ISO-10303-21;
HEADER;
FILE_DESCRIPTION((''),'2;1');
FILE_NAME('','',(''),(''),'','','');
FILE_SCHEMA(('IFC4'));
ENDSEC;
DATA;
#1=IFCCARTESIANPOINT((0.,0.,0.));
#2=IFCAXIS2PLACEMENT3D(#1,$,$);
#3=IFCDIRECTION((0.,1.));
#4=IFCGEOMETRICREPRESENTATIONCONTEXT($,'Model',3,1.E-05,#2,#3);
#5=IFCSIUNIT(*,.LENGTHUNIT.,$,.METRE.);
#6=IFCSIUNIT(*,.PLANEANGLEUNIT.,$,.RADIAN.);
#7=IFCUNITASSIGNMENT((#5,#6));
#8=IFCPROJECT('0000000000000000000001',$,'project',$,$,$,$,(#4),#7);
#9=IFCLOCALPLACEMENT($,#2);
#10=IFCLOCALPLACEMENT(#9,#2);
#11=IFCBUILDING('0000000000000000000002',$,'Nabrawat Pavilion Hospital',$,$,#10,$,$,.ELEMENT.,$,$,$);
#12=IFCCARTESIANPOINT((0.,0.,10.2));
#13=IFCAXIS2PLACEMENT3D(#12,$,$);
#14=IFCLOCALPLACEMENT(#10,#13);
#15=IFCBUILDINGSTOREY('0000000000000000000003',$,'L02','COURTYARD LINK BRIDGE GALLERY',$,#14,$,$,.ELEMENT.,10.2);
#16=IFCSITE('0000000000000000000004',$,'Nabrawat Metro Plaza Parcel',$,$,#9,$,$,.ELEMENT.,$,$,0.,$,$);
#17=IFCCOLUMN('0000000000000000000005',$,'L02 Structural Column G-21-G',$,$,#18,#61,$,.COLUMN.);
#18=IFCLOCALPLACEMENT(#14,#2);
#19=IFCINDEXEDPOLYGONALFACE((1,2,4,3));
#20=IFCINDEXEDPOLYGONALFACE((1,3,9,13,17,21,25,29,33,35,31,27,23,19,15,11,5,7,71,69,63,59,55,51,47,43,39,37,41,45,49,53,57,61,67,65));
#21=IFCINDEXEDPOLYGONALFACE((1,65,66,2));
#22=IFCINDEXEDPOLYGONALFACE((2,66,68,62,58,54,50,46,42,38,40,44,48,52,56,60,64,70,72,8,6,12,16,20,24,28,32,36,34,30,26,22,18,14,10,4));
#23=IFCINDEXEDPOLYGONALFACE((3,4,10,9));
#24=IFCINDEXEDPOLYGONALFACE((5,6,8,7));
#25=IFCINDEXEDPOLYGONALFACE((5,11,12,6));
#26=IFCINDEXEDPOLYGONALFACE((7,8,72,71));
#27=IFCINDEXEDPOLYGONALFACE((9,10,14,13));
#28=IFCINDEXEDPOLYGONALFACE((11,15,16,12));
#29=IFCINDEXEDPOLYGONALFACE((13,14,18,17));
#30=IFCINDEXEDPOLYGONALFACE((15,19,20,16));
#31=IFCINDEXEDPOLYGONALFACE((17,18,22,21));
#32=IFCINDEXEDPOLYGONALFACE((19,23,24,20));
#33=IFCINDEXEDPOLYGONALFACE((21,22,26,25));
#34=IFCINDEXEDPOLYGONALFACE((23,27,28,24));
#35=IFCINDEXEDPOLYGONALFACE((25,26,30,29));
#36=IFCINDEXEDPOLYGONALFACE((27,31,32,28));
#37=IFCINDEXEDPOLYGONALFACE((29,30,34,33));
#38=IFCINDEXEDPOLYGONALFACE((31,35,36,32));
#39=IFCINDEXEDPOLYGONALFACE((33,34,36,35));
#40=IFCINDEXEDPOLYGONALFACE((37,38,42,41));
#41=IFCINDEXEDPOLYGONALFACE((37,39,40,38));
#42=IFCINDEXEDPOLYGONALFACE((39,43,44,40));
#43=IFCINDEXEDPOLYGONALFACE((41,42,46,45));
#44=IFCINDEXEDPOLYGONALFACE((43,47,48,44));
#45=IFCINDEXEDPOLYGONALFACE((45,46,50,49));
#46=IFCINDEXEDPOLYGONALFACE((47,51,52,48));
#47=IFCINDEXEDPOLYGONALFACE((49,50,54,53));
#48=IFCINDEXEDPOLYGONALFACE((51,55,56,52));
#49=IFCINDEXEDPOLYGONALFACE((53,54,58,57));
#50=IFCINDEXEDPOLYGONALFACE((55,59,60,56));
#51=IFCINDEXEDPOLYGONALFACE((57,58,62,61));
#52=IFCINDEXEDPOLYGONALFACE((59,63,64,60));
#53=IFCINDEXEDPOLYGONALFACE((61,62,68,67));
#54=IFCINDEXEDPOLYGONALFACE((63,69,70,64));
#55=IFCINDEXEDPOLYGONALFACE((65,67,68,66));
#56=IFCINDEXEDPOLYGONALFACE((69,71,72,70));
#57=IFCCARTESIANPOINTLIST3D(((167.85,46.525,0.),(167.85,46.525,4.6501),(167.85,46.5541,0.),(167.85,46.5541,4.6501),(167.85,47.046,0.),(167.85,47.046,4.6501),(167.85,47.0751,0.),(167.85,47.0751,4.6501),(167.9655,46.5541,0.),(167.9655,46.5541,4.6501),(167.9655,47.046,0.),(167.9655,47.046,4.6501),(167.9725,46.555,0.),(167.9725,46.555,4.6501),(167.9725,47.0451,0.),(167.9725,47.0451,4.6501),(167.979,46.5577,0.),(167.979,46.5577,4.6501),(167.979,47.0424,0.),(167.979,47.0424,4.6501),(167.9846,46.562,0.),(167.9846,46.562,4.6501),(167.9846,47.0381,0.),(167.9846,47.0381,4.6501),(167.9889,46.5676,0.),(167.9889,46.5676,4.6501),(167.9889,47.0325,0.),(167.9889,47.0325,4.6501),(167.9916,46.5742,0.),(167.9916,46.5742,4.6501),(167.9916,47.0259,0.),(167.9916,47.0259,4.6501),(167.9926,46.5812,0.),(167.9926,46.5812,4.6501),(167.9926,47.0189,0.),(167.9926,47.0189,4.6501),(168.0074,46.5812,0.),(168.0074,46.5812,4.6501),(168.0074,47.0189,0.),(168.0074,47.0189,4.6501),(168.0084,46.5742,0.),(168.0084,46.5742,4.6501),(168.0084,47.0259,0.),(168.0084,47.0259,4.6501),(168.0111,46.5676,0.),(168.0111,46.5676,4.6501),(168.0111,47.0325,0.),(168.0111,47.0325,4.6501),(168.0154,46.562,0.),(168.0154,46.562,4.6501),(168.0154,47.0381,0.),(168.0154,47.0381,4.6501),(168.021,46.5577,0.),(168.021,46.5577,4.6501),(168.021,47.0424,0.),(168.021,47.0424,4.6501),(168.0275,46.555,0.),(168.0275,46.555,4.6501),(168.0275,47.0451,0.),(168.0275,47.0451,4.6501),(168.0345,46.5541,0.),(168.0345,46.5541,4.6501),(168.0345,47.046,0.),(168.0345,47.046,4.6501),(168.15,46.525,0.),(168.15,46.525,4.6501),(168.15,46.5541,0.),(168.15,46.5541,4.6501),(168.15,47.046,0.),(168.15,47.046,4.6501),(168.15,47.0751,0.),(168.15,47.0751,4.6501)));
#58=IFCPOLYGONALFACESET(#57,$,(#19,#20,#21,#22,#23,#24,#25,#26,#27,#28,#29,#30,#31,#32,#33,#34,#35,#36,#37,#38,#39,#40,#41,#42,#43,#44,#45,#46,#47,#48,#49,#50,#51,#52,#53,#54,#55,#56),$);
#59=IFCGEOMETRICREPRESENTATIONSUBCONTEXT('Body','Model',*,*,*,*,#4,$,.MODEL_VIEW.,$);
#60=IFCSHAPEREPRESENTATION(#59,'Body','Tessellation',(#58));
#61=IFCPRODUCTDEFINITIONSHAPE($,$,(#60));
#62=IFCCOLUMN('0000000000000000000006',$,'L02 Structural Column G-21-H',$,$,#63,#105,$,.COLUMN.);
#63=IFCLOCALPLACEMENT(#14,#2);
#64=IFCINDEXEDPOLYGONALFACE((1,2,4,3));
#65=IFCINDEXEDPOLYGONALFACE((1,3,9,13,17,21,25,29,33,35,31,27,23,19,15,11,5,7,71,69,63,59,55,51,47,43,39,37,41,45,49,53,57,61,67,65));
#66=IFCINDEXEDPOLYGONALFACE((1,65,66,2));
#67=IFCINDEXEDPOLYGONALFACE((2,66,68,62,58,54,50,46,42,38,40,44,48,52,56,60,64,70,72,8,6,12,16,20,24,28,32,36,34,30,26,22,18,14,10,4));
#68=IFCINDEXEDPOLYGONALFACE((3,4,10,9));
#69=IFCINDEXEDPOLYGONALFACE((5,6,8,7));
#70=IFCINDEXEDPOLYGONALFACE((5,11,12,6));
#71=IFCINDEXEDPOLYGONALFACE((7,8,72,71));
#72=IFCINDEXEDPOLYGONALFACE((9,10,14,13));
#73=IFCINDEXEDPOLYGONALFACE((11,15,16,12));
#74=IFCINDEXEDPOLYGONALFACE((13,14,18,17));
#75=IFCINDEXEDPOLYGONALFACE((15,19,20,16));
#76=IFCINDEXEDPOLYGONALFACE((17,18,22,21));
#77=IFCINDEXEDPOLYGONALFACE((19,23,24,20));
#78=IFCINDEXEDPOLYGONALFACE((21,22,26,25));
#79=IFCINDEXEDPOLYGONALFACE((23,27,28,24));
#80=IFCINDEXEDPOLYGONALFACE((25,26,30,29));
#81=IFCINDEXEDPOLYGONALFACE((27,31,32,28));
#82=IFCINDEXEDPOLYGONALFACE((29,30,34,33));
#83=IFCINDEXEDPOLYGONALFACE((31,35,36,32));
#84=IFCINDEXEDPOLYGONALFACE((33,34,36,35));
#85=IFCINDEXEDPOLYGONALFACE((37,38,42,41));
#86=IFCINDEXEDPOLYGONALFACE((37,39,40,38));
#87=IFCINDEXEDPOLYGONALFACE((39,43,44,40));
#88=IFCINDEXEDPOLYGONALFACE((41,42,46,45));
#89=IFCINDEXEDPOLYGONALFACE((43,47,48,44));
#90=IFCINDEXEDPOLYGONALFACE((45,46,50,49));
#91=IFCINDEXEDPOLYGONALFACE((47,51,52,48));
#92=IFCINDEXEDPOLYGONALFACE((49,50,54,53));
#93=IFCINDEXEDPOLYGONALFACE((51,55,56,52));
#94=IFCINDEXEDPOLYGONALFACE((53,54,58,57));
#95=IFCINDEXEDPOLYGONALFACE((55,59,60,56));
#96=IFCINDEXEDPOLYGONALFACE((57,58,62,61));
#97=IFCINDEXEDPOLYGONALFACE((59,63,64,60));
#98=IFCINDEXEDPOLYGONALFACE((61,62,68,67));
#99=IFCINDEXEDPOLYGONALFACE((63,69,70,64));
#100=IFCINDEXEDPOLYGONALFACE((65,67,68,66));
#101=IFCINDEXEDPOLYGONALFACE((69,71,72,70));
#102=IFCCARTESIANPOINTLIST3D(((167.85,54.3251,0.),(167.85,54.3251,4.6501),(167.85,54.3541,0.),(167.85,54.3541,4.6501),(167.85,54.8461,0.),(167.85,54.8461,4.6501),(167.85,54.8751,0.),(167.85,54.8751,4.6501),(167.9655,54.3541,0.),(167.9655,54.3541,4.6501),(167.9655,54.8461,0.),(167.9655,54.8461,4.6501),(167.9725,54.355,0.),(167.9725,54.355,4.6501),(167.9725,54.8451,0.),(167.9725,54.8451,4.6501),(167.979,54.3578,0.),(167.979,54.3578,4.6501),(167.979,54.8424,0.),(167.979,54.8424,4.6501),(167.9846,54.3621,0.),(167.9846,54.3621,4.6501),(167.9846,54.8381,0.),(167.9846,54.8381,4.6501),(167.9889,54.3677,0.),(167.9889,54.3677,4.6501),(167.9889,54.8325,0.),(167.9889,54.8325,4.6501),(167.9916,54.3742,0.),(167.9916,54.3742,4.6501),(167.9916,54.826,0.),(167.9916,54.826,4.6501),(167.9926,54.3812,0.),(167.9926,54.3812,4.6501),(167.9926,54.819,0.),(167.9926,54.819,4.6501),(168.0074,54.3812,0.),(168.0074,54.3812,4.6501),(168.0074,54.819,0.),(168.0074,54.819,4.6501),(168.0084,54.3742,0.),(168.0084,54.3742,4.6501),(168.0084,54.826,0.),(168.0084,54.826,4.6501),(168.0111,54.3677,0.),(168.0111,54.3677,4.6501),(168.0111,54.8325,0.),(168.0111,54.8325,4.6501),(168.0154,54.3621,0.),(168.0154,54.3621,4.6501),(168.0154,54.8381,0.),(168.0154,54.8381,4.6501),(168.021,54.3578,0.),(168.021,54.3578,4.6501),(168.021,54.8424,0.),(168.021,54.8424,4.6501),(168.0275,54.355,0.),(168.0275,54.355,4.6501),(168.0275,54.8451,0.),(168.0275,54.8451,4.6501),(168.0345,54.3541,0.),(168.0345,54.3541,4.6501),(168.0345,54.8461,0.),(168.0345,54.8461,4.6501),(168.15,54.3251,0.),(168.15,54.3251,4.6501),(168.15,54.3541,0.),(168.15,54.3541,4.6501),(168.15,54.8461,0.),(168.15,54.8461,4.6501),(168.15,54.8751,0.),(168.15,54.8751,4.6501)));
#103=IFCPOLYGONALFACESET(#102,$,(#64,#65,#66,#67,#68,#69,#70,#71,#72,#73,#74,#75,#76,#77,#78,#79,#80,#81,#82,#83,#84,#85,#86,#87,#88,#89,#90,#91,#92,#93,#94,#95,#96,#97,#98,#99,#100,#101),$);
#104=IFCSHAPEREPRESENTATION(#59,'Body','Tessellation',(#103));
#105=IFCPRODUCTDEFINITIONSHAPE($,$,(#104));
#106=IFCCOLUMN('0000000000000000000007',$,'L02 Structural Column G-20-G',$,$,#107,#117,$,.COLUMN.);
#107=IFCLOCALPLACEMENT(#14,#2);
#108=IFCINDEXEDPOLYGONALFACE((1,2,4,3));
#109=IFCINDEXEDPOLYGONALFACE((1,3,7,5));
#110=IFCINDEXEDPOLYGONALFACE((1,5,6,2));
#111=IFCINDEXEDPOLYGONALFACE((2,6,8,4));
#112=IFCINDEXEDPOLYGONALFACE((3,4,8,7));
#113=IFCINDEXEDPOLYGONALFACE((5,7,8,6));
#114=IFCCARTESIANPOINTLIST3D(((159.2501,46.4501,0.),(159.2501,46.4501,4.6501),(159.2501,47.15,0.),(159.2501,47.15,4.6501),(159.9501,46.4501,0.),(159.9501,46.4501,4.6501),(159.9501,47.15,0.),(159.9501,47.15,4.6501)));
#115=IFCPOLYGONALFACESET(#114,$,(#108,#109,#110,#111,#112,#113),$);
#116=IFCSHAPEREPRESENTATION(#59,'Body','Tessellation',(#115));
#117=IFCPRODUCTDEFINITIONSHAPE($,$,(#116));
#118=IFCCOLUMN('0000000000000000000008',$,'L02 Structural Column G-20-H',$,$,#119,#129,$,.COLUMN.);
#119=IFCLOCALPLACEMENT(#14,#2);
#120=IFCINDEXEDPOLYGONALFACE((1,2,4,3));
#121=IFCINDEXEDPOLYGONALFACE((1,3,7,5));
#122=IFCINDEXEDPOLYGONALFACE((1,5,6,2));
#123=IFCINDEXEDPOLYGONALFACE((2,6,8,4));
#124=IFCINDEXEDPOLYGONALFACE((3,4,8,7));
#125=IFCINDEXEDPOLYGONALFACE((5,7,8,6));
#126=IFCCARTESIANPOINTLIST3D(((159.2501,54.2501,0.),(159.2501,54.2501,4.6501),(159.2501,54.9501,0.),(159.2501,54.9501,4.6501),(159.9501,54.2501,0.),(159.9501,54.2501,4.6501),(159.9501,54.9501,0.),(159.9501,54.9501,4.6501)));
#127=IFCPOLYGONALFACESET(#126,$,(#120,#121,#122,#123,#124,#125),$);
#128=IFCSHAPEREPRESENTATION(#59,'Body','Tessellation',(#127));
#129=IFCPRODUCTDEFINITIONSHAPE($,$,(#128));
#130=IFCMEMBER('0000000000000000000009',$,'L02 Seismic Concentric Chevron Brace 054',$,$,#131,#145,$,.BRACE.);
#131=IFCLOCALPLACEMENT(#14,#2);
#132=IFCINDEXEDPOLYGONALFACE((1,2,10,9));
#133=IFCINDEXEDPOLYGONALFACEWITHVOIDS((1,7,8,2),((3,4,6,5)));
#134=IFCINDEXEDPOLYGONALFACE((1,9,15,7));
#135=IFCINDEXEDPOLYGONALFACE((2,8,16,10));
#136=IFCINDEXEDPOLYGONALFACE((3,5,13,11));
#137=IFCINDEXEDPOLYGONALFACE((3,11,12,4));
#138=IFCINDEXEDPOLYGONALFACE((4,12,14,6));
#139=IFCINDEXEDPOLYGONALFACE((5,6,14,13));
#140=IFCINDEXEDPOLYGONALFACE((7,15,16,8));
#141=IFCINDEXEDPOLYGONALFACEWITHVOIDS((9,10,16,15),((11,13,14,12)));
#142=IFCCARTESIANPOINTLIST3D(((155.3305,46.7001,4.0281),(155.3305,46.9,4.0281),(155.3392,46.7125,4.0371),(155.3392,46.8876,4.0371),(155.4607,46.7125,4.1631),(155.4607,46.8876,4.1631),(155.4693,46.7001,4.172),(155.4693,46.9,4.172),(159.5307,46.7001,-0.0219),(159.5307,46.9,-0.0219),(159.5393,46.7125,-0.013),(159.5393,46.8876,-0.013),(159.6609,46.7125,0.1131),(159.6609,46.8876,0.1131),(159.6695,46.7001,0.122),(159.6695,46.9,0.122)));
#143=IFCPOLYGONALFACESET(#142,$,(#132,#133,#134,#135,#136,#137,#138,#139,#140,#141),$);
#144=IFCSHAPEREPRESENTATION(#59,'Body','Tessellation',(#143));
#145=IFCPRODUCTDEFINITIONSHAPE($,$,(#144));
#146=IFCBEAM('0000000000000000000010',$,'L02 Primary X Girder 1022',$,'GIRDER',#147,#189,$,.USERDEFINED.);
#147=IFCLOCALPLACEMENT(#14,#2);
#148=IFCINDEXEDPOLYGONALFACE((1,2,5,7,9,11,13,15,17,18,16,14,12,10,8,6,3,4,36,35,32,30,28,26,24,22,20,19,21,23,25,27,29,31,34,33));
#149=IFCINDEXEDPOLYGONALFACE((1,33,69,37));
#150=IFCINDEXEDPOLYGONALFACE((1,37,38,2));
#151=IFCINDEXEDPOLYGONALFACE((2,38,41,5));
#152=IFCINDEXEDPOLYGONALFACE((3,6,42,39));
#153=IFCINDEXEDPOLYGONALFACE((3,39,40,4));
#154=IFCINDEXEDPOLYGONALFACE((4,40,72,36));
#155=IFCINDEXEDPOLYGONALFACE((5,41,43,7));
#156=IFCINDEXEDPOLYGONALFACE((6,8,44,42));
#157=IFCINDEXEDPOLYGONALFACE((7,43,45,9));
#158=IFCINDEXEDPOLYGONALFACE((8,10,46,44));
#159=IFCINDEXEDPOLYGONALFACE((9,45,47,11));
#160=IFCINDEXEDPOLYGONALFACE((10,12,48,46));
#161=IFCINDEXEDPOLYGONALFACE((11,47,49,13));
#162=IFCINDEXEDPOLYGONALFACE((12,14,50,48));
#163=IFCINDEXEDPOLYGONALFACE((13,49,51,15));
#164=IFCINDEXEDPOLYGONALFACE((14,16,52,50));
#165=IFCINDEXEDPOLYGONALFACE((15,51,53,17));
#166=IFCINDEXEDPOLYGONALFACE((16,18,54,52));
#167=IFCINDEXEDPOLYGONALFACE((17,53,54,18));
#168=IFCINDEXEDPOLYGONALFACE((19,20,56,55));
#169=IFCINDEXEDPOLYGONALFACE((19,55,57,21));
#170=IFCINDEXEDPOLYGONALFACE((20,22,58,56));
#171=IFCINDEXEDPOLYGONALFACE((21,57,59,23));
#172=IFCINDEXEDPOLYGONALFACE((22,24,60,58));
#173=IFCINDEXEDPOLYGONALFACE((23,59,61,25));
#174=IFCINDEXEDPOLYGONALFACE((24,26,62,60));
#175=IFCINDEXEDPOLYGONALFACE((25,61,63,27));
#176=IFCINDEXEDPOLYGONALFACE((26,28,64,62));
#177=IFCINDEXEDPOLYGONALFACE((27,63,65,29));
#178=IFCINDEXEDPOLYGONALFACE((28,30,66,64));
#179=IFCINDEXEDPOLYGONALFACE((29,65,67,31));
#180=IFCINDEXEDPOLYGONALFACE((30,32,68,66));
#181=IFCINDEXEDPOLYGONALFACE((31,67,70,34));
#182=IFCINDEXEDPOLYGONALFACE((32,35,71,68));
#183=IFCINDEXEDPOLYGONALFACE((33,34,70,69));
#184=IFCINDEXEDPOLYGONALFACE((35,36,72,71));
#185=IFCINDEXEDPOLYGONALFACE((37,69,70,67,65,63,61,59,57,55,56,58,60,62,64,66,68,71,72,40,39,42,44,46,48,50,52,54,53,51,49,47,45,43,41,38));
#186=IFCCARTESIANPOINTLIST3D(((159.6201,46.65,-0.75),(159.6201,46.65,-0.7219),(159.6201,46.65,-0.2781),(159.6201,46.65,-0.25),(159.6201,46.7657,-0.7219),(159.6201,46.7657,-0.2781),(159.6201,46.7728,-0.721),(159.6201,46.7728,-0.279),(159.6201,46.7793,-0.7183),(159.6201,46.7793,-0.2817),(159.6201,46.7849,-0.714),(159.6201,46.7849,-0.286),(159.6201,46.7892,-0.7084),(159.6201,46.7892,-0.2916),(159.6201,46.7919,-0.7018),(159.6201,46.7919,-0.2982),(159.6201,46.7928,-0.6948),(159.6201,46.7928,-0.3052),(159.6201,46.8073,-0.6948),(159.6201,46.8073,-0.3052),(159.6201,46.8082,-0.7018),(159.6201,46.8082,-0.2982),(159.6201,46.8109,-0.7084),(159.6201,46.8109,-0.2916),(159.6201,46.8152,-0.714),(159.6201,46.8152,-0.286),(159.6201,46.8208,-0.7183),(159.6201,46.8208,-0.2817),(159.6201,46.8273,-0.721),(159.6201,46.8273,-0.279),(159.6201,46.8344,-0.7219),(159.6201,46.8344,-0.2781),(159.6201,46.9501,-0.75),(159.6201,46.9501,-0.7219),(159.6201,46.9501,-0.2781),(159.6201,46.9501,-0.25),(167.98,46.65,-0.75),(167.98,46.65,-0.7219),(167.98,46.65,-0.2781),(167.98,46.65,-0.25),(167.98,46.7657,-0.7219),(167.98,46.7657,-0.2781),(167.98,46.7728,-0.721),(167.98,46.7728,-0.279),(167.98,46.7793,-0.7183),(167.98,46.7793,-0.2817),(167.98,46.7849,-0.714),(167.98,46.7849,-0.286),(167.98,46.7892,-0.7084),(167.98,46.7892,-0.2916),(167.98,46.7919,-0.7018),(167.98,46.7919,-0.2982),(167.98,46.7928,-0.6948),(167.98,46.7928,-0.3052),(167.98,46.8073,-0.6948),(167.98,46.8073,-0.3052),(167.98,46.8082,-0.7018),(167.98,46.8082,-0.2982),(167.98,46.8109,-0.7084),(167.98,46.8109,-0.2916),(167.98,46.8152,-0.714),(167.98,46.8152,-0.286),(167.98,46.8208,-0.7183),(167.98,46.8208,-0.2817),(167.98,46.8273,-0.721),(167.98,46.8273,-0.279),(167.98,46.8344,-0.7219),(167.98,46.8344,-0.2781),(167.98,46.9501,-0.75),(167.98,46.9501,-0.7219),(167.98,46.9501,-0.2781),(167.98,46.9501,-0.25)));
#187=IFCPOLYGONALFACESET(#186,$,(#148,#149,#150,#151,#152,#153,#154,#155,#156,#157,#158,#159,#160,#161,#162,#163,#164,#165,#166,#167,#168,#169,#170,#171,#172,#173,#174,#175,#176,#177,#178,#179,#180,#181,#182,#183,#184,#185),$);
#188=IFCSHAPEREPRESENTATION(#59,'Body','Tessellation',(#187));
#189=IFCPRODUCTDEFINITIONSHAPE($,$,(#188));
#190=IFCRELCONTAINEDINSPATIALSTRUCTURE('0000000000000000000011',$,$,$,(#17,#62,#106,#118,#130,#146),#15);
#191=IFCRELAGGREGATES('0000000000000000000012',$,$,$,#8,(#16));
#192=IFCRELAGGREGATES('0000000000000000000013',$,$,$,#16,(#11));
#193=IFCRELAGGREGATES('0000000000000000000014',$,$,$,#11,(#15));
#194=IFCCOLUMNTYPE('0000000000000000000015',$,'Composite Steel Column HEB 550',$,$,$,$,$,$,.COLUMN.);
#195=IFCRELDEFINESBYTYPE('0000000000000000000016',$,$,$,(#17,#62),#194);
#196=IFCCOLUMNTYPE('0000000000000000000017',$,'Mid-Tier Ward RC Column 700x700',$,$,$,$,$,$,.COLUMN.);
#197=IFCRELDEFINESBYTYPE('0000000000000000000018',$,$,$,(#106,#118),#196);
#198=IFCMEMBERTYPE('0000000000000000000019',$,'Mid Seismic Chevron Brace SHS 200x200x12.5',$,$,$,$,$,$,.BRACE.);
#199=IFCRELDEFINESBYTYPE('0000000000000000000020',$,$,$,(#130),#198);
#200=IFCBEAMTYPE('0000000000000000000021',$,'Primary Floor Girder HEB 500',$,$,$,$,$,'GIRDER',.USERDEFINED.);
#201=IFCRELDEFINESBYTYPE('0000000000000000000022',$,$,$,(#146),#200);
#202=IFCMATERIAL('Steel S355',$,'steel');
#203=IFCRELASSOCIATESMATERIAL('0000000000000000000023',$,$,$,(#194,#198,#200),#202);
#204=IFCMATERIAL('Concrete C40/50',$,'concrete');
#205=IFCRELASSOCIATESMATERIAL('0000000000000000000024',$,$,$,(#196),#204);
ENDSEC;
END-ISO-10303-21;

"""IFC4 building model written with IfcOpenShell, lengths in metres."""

from ifc_helpers import new_model, si_unit, direction, frame, origin, origin_2d, place, context, subcontext, project, spatial, rectangle, hollow_rectangle, i_section, extrude, material, material_profile, profile_set, type_object, element, save


model = new_model("IFC4")

# Units and contexts
model_context = context("Model", 3, precision=1e-05, world=origin(), true_north=direction((0.0, 1.0)))
body_context = subcontext(model_context, "Body", "Model", "MODEL_VIEW")
ifc_project = project(units=[si_unit("LENGTHUNIT", "METRE"), si_unit("PLANEANGLEUNIT", "RADIAN")], contexts=[model_context])

# Site, building, storey
site_placement = place(None, origin())
site = spatial("IfcSite", under=ifc_project, at=site_placement, Name="Nabrawat Metro Plaza Parcel", CompositionType="ELEMENT", RefElevation=0.0)
building_placement = place(site_placement, origin())
building = spatial("IfcBuilding", under=site, at=building_placement, Name="Nabrawat Pavilion Hospital", CompositionType="ELEMENT")
storey_placement = place(building_placement, frame((0.0, 0.0, 10.2)))
storey = spatial("IfcBuildingStorey", under=building, at=storey_placement, Name="L02", Description="COURTYARD LINK BRIDGE GALLERY", CompositionType="ELEMENT", Elevation=10.2)

# Columns
ifc_material_1 = material(Name="Steel S355", Category="steel")
ifc_material_profile_1 = material_profile(ifc_material_1, i_section(OverallWidth=0.3, OverallDepth=0.55, WebThickness=0.0149, FlangeThickness=0.0291, FilletRadius=0.0271, at=origin_2d()), Name="HEB 550")
ifc_profile_set_1 = profile_set([ifc_material_profile_1], Name="Steel S355")
column_type_1 = type_object("IfcColumnType", Name="Composite Steel Column HEB 550", PredefinedType="COLUMN", material=ifc_profile_set_1)
for number, where, z_axis, x_axis, name in (
    (1, (168.0, 46.8, 0.0), (0.0, 0.0, 1.0), (1.0, 0.0, 0.0), "L02 Structural Column G-21-G"),
    (2, (168.0, 54.6001, 0.0), (0.0, 0.0, 1.0), (1.0, 0.0, 0.0), "L02 Structural Column G-21-H"),
):
    element("IfcColumn", number, at=place(storey_placement, frame(where, z_axis=z_axis, x_axis=x_axis)), inside=storey, type_object=column_type_1, Name=name, PredefinedType="COLUMN", context=body_context, shape_type="SweptSolid", body=[
        extrude(i_section(OverallWidth=0.3, OverallDepth=0.55, WebThickness=0.0149, FlangeThickness=0.0291, FilletRadius=0.0271, at=origin_2d()), origin(), (0.0, 0.0, 1.0), 4.6501),
    ])
ifc_material_2 = material(Name="Concrete C40/50", Category="concrete")
ifc_material_profile_2 = material_profile(ifc_material_2, rectangle(XDim=0.7, YDim=0.7, at=origin_2d()), Name="RC 700x700")
ifc_profile_set_2 = profile_set([ifc_material_profile_2], Name="Concrete C40/50")
column_type_2 = type_object("IfcColumnType", Name="Mid-Tier Ward RC Column 700x700", PredefinedType="COLUMN", material=ifc_profile_set_2)
for number, where, z_axis, x_axis, name in (
    (3, (159.6001, 46.8, 0.0), (0.0, 0.0, 1.0), (1.0, 0.0, 0.0), "L02 Structural Column G-20-G"),
    (4, (159.6001, 54.6001, 0.0), (0.0, 0.0, 1.0), (1.0, 0.0, 0.0), "L02 Structural Column G-20-H"),
):
    element("IfcColumn", number, at=place(storey_placement, frame(where, z_axis=z_axis, x_axis=x_axis)), inside=storey, type_object=column_type_2, Name=name, PredefinedType="COLUMN", context=body_context, shape_type="SweptSolid", body=[
        extrude(rectangle(XDim=0.7, YDim=0.7, at=origin_2d()), origin(), (0.0, 0.0, 1.0), 4.6501),
    ])

# Member
ifc_material_profile_3 = material_profile(ifc_material_1, hollow_rectangle(XDim=0.2, YDim=0.2, WallThickness=0.0125, at=origin_2d()), Name="SHS 200x200x12.5")
ifc_profile_set_3 = profile_set([ifc_material_profile_3], Name="Steel S355")
member_type = type_object("IfcMemberType", Name="Mid Seismic Chevron Brace SHS 200x200x12.5", PredefinedType="BRACE", material=ifc_profile_set_3)
member_placement = place(storey_placement, frame((159.6001, 46.8, 0.05), z_axis=(-0.719856, 0.0, 0.694123), x_axis=(0.0, -1.0, 0.0)))
element("IfcMember", 5, at=member_placement, inside=storey, type_object=member_type, Name="L02 Seismic Concentric Chevron Brace 054", PredefinedType="BRACE", context=body_context, shape_type="SweptSolid", body=[
    extrude(hollow_rectangle(XDim=0.2, YDim=0.2, WallThickness=0.0125, at=origin_2d()), origin(), (0.0, 0.0, 1.0), 5.8347),
])

# Beam
ifc_material_profile_4 = material_profile(ifc_material_1, i_section(OverallWidth=0.3, OverallDepth=0.5, WebThickness=0.0144, FlangeThickness=0.0281, FilletRadius=0.0271, at=origin_2d()), Name="HEB 500")
ifc_profile_set_4 = profile_set([ifc_material_profile_4], Name="Steel S355")
beam_type_1 = type_object("IfcBeamType", Name="Primary Floor Girder HEB 500", ElementType="GIRDER", PredefinedType="USERDEFINED", material=ifc_profile_set_4)
for number, where, z_axis, x_axis, name in (
    (6, (159.6201, 46.8, -0.5), (1.0, 0.0, 0.0), (0.0, 1.0, 0.0), "L02 Primary X Girder 1022"),
):
    element("IfcBeam", number, at=place(storey_placement, frame(where, z_axis=z_axis, x_axis=x_axis)), inside=storey, type_object=beam_type_1, Name=name, ObjectType="GIRDER", PredefinedType="USERDEFINED", context=body_context, shape_type="SweptSolid", body=[
        extrude(i_section(OverallWidth=0.3, OverallDepth=0.5, WebThickness=0.0144, FlangeThickness=0.0281, FilletRadius=0.0271, at=origin_2d()), origin(), (0.0, 0.0, 1.0), 8.3599),
    ])

save(model, "model.ifc")
